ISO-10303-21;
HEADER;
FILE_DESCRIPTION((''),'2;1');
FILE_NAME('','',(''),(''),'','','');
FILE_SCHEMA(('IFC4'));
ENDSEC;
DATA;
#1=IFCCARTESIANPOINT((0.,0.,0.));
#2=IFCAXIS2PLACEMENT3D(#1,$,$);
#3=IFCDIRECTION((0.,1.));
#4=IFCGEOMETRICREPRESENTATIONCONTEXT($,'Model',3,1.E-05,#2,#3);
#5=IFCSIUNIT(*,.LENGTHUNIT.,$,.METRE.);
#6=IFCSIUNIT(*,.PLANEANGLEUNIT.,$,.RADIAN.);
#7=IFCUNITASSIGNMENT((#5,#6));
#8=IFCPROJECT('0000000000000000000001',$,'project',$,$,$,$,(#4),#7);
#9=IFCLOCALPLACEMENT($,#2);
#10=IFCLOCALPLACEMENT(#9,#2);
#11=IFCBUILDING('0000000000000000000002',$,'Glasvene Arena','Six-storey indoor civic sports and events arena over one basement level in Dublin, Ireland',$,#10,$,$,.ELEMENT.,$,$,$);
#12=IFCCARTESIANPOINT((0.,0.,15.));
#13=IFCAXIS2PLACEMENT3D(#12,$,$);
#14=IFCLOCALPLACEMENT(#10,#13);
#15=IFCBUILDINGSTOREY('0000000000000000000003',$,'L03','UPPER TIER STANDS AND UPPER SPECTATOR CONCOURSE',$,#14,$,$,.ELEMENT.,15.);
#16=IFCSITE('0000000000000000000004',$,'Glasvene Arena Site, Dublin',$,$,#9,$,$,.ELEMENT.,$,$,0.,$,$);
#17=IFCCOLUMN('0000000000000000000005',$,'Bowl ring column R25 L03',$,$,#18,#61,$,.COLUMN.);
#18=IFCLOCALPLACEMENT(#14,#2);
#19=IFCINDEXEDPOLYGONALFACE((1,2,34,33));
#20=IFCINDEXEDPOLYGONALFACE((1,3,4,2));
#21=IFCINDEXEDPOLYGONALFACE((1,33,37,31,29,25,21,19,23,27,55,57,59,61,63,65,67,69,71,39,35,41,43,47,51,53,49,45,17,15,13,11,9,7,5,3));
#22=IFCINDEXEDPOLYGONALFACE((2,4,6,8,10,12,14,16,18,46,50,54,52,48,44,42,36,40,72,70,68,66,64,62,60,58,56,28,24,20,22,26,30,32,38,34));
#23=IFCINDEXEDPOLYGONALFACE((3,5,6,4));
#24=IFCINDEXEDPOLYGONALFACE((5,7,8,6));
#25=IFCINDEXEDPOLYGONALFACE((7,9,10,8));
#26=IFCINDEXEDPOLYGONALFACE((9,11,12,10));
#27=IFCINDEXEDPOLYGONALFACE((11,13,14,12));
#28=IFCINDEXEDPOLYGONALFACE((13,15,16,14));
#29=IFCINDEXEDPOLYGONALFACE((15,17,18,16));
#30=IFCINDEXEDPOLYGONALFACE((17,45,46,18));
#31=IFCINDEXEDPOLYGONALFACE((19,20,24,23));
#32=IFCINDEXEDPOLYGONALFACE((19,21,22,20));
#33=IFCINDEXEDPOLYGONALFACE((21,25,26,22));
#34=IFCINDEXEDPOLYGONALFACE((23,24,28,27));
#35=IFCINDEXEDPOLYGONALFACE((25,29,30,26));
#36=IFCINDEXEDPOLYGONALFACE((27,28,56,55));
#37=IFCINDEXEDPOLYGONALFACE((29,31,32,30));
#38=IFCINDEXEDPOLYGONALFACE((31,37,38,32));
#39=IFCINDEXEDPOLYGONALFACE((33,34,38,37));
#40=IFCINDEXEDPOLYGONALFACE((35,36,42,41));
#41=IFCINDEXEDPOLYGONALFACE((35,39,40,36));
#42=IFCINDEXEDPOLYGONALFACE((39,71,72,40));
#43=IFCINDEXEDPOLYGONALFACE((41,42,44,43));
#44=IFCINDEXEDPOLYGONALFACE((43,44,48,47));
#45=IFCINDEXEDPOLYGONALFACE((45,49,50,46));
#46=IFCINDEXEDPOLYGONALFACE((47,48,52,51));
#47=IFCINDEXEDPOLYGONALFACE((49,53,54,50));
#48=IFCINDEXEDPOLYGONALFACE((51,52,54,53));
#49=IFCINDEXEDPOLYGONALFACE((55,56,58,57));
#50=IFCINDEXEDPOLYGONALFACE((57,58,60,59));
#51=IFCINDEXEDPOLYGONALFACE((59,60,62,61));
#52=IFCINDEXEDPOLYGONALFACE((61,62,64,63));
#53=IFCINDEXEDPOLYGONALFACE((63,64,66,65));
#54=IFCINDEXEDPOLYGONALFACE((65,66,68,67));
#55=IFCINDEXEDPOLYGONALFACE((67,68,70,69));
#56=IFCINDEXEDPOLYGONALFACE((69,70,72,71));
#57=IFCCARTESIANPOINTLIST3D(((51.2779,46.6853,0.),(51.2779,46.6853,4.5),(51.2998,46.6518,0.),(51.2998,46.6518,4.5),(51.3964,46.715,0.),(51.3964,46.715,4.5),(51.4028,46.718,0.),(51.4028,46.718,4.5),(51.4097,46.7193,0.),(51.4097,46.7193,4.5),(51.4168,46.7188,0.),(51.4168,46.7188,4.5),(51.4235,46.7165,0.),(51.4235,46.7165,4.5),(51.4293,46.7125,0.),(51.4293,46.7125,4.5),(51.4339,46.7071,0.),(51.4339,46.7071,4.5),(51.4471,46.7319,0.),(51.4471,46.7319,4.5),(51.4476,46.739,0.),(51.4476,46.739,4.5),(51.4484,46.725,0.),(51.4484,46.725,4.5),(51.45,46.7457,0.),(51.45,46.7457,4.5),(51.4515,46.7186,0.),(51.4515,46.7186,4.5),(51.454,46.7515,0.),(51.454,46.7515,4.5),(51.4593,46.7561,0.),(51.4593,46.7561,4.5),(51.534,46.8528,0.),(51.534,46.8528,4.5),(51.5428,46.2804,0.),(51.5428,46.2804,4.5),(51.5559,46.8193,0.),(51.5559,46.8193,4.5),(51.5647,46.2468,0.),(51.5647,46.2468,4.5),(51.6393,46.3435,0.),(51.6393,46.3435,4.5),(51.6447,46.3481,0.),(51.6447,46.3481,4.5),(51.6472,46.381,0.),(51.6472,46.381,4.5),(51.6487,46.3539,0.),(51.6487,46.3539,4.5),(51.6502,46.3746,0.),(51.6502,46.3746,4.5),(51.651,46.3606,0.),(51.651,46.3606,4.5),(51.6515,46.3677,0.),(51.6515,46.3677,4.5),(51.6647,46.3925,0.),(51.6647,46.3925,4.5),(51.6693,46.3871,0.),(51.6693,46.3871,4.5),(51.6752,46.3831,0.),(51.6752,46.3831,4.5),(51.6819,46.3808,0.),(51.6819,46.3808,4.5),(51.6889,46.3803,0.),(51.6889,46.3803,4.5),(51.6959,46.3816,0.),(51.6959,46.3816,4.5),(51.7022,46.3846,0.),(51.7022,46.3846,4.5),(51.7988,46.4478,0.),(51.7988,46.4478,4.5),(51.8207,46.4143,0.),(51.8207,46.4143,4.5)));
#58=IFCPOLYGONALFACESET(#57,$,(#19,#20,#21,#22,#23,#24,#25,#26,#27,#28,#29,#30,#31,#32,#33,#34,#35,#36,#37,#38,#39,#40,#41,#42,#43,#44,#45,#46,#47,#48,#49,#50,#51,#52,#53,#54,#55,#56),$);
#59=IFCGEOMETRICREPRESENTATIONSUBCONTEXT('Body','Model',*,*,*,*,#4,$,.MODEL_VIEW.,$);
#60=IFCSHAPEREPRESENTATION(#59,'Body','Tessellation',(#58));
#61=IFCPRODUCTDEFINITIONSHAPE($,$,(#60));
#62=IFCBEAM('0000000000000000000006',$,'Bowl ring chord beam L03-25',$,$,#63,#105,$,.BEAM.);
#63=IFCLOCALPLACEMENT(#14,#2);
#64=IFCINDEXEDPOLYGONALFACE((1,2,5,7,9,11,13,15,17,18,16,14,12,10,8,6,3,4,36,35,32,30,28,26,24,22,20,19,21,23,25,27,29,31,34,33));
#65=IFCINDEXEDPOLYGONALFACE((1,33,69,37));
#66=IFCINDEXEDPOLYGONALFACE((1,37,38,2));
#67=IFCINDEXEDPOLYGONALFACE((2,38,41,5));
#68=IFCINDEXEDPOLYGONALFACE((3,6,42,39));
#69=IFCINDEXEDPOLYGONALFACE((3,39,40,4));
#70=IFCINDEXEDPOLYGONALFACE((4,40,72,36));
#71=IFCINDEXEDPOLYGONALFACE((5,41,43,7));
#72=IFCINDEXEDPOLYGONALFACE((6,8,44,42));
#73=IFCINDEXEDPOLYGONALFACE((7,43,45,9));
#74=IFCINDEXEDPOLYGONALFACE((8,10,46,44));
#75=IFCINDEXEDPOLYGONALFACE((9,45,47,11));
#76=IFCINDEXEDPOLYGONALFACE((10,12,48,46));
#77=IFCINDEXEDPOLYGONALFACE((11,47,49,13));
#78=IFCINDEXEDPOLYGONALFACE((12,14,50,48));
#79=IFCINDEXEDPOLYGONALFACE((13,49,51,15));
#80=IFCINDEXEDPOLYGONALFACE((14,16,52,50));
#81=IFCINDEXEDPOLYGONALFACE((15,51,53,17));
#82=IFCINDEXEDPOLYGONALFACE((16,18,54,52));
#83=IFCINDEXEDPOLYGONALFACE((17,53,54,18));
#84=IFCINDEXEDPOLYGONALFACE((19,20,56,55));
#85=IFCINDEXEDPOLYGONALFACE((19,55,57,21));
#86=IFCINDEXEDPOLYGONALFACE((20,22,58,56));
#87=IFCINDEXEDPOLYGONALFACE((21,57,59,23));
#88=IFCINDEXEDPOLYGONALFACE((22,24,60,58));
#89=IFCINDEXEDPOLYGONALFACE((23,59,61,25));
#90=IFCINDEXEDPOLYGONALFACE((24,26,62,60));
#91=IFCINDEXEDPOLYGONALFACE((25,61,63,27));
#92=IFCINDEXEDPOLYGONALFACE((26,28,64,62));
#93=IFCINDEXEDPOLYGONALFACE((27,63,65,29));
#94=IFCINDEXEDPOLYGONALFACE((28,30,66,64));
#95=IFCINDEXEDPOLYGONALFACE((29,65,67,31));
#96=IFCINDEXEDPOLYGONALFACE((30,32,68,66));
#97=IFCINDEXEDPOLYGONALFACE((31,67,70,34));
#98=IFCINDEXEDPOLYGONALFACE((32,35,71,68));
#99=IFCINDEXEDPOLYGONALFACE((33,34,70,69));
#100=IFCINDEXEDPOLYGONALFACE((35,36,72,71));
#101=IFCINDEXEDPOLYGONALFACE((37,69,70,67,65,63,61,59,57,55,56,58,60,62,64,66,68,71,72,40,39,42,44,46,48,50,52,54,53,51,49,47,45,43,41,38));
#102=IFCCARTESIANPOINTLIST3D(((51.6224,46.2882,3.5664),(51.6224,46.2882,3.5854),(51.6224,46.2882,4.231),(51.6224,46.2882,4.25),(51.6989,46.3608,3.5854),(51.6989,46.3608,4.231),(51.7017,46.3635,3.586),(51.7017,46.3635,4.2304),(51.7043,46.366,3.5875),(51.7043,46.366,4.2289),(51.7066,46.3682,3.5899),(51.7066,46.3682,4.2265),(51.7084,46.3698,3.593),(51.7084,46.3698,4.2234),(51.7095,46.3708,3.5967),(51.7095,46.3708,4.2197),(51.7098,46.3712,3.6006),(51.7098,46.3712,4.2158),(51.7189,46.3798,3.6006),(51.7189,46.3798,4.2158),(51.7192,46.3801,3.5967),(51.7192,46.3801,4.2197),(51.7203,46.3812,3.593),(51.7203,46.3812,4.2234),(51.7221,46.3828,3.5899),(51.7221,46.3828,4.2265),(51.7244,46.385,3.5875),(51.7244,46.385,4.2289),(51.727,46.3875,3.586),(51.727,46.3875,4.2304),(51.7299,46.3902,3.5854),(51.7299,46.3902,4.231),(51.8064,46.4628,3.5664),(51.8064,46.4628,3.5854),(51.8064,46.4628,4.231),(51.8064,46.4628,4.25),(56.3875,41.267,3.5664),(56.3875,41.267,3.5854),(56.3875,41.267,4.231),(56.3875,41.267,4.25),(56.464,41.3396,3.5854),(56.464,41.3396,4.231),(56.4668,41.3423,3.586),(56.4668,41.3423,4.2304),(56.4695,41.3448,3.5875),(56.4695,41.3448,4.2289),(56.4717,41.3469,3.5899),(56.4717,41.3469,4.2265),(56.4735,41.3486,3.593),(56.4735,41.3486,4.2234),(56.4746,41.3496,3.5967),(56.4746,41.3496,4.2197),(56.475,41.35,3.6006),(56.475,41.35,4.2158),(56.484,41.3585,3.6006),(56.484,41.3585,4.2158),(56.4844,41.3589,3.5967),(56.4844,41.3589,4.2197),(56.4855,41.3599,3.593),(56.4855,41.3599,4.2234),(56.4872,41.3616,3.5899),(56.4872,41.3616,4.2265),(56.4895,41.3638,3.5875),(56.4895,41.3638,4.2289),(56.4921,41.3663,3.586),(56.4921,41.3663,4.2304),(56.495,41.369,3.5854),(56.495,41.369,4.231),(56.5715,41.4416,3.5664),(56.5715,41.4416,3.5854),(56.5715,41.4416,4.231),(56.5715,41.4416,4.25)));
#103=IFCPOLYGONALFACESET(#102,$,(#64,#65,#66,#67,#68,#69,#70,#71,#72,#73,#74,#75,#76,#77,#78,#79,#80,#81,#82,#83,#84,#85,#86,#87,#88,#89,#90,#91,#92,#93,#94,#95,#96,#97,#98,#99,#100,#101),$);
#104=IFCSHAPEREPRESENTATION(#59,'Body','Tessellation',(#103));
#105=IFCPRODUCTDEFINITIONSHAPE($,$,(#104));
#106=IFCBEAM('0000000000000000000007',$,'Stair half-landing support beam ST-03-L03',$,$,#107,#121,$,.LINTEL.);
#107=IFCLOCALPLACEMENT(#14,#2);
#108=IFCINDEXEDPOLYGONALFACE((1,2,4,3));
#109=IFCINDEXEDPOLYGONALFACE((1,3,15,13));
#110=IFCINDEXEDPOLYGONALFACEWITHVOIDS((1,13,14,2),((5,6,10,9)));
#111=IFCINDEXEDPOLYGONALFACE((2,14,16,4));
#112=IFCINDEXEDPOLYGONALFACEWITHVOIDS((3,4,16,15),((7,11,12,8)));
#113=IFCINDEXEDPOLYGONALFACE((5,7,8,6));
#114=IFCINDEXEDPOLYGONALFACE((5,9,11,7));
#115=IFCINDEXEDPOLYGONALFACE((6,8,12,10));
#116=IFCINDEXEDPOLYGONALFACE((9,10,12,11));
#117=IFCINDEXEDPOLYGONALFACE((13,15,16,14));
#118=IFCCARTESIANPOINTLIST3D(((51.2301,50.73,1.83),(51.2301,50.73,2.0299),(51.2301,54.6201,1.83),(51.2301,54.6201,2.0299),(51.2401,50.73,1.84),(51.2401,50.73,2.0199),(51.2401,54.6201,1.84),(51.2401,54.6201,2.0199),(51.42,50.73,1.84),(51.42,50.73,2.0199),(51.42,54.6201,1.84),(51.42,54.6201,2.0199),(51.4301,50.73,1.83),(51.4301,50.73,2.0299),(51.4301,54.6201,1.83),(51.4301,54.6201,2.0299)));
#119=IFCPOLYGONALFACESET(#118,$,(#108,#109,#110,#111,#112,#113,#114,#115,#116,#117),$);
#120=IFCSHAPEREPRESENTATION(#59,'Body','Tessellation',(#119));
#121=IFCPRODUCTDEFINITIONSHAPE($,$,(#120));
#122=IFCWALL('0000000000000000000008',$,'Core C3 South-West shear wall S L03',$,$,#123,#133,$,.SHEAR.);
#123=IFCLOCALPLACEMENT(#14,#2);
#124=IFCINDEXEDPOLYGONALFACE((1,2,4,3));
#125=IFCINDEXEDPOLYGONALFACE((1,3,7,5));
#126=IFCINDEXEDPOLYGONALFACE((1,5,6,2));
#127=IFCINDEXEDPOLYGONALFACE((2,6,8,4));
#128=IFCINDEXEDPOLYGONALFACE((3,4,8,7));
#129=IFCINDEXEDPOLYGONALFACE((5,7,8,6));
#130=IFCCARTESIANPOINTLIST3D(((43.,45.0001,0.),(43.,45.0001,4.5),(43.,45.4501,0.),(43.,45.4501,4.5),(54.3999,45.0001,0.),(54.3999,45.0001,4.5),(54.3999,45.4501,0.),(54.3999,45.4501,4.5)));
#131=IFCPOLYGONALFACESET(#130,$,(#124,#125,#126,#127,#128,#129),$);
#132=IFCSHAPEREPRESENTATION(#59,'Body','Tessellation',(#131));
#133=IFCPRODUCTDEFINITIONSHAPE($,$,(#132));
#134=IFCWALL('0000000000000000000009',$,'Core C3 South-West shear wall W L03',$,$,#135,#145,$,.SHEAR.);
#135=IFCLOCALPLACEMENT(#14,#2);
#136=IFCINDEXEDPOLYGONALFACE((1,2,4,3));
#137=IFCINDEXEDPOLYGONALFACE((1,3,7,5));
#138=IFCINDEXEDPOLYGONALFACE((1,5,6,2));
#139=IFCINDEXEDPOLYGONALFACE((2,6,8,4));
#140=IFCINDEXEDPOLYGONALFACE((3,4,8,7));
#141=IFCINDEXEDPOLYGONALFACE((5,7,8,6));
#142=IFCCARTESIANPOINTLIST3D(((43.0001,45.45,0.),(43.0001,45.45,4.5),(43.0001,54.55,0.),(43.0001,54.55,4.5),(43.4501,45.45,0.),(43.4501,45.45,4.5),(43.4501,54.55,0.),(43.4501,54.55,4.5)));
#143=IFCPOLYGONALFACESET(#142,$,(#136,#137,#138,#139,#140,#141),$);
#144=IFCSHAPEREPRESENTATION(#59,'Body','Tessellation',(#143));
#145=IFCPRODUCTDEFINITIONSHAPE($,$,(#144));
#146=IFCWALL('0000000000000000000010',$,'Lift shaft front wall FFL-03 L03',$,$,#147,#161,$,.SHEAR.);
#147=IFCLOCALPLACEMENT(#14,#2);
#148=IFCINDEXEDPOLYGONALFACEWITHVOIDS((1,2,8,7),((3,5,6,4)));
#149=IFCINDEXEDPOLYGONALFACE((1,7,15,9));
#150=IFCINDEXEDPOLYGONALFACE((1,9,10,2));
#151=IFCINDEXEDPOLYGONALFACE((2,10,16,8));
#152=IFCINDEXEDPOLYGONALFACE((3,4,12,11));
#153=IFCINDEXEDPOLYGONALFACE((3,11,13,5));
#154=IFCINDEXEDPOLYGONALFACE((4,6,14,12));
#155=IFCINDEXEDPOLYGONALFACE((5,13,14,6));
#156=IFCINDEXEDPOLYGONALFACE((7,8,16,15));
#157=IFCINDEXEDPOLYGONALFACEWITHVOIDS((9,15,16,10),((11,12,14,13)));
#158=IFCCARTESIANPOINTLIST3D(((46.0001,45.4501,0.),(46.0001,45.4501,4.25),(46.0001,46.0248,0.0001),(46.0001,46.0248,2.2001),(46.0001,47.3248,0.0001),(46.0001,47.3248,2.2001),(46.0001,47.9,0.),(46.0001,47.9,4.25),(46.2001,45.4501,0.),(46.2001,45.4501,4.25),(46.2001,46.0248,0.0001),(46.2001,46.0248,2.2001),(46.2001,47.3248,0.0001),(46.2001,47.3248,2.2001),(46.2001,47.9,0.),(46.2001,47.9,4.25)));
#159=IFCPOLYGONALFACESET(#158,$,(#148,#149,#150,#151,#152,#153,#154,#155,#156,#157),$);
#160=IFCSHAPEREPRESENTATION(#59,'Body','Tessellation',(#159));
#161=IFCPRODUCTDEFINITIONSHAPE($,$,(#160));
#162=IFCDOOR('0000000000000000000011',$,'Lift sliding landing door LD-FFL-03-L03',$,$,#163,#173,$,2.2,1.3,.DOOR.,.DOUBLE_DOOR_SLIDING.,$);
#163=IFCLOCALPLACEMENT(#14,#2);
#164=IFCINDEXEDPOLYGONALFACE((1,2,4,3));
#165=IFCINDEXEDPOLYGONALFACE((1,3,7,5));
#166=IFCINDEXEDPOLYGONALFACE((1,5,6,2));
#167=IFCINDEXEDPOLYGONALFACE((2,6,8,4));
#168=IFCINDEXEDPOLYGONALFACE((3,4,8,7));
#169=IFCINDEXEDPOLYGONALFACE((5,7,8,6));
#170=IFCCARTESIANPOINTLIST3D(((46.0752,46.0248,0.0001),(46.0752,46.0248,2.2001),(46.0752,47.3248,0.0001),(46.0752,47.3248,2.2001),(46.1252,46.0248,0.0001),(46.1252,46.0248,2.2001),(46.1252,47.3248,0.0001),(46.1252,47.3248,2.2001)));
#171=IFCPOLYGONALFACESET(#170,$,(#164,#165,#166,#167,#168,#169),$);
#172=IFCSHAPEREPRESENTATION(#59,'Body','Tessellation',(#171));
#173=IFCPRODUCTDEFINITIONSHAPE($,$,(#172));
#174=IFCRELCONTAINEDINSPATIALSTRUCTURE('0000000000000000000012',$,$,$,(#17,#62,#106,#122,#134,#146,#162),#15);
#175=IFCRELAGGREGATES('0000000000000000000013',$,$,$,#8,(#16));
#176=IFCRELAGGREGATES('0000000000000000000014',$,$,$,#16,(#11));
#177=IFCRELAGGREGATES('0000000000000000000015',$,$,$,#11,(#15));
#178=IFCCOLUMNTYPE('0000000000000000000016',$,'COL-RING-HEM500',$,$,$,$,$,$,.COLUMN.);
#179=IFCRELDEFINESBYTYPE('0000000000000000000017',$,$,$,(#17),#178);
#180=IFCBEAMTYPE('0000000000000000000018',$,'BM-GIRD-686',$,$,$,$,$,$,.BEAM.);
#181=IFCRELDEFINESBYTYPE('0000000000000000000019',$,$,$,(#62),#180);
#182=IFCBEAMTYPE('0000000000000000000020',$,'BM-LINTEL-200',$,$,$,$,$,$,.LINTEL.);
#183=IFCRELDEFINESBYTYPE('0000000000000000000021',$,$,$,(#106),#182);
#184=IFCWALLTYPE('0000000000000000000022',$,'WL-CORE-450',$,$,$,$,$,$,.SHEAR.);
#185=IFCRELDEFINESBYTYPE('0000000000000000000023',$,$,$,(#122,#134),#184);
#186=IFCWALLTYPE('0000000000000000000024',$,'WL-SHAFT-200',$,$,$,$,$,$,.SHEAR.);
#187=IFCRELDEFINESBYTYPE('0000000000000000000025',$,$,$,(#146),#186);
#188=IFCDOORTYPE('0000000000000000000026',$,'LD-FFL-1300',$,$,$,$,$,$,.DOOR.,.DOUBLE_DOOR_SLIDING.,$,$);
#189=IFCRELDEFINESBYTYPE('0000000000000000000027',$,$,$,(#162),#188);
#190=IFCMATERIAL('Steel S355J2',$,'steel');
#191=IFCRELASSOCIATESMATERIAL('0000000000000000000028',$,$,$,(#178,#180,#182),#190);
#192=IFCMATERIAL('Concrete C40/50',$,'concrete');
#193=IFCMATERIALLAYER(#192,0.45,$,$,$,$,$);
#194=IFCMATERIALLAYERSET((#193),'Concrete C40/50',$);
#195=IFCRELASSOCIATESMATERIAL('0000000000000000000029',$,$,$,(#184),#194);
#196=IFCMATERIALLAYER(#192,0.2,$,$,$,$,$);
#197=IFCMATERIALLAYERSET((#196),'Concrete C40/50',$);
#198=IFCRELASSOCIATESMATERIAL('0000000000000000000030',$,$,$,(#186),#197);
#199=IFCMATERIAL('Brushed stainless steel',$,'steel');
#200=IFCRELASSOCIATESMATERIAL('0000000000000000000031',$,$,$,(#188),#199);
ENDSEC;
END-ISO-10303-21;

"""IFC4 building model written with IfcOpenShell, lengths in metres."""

from ifc_helpers import new_model, si_unit, direction, frame, frame_2d, origin, origin_2d, place, context, subcontext, project, spatial, rectangle, hollow_rectangle, i_section, extrude, material, layer, layer_set, material_profile, profile_set, type_object, element, fill, save


model = new_model("IFC4")

# Units and contexts
model_context = context("Model", 3, precision=1e-05, world=origin(), true_north=direction((0.0, 1.0)))
body_context = subcontext(model_context, "Body", "Model", "MODEL_VIEW")
ifc_project = project(units=[si_unit("LENGTHUNIT", "METRE"), si_unit("PLANEANGLEUNIT", "RADIAN")], contexts=[model_context])

# Site, building, storey
site_placement = place(None, origin())
site = spatial("IfcSite", under=ifc_project, at=site_placement, Name="Glasvene Arena Site, Dublin", CompositionType="ELEMENT", RefElevation=0.0)
building_placement = place(site_placement, origin())
building = spatial("IfcBuilding", under=site, at=building_placement, Name="Glasvene Arena", Description="Six-storey indoor civic sports and events arena over one basement level in Dublin, Ireland", CompositionType="ELEMENT")
storey_placement = place(building_placement, frame((0.0, 0.0, 15.0)))
storey = spatial("IfcBuildingStorey", under=building, at=storey_placement, Name="L03", Description="UPPER TIER STANDS AND UPPER SPECTATOR CONCOURSE", CompositionType="ELEMENT", Elevation=15.0)

# Column
ifc_material_1 = material(Name="Steel S355J2", Category="steel")
ifc_material_profile_1 = material_profile(ifc_material_1, i_section(OverallWidth=0.3059, OverallDepth=0.5239, WebThickness=0.021, FlangeThickness=0.04, FilletRadius=0.0271, at=origin_2d()), Name="HEM 500")
ifc_profile_set_1 = profile_set([ifc_material_profile_1], Name="Steel S355J2")
column_type = type_object("IfcColumnType", Name="COL-RING-HEM500", PredefinedType="COLUMN", material=ifc_profile_set_1)
column_placement = place(storey_placement, frame((51.5493, 46.5498, 0.0), z_axis=(0.0, 0.0, 1.0), x_axis=(-0.836955, -0.547271, 0.0)))
element("IfcColumn", 1, at=column_placement, inside=storey, type_object=column_type, Name="Bowl ring column R25 L03", PredefinedType="COLUMN", context=body_context, shape_type="SweptSolid", body=[
    extrude(i_section(OverallWidth=0.3059, OverallDepth=0.5239, WebThickness=0.021, FlangeThickness=0.04, FilletRadius=0.0271, at=origin_2d()), origin(), (0.0, 0.0, 1.0), 4.5),
])

# Beams
ifc_material_profile_2 = material_profile(ifc_material_1, i_section(OverallWidth=0.2537, OverallDepth=0.6836, WebThickness=0.0125, FlangeThickness=0.019, FilletRadius=0.0151, at=origin_2d()), Name="UKB 686x254x140")
ifc_profile_set_2 = profile_set([ifc_material_profile_2], Name="Steel S355J2")
beam_type_1 = type_object("IfcBeamType", Name="BM-GIRD-686", PredefinedType="BEAM", material=ifc_profile_set_2)
beam_1_placement = place(storey_placement, frame((51.7144, 46.3755, 3.9082), z_axis=(0.688367, -0.725363, 0.0), x_axis=(0.725363, 0.688367, 0.0)))
element("IfcBeam", 2, at=beam_1_placement, inside=storey, type_object=beam_type_1, Name="Bowl ring chord beam L03-25", PredefinedType="BEAM", context=body_context, shape_type="SweptSolid", body=[
    extrude(i_section(OverallWidth=0.2537, OverallDepth=0.6836, WebThickness=0.0125, FlangeThickness=0.019, FilletRadius=0.0151, at=origin_2d()), origin(), (0.0, 0.0, 1.0), 6.9224),
])
ifc_material_profile_3 = material_profile(ifc_material_1, hollow_rectangle(XDim=0.2, YDim=0.2, WallThickness=0.01, at=origin_2d()), Name="SHS 200x200x10.0")
ifc_profile_set_3 = profile_set([ifc_material_profile_3], Name="Steel S355J2")
beam_type_2 = type_object("IfcBeamType", Name="BM-LINTEL-200", PredefinedType="LINTEL", material=ifc_profile_set_3)
beam_2_placement = place(storey_placement, frame((51.3301, 50.73, 1.9299), z_axis=(0.0, 1.0, 0.0), x_axis=(-1.0, 0.0, 0.0)))
element("IfcBeam", 3, at=beam_2_placement, inside=storey, type_object=beam_type_2, Name="Stair half-landing support beam ST-03-L03", PredefinedType="LINTEL", context=body_context, shape_type="SweptSolid", body=[
    extrude(hollow_rectangle(XDim=0.2, YDim=0.2, WallThickness=0.01, at=origin_2d()), origin(), (0.0, 0.0, 1.0), 3.8901),
])

# Shared definitions
ifc_material_2 = material(Name="Concrete C40/50", Category="concrete")

# Walls
ifc_layer_1 = layer(ifc_material_2, 0.45)
ifc_layer_set_1 = layer_set([ifc_layer_1], Name="Concrete C40/50")
wall_type_1 = type_object("IfcWallType", Name="WL-CORE-450", PredefinedType="SHEAR", material=ifc_layer_set_1)
wall_1_placement = place(storey_placement, frame((43.0, 45.2251, 0.0), z_axis=(0.0, 0.0, 1.0), x_axis=(1.0, 0.0, 0.0)))
element("IfcWall", 4, at=wall_1_placement, inside=storey, type_object=wall_type_1, Name="Core C3 South-West shear wall S L03", PredefinedType="SHEAR", context=body_context, shape_type="SweptSolid", body=[
    extrude(rectangle(XDim=11.3999, YDim=0.45, at=frame_2d((5.7, 0.0))), origin(), (0.0, 0.0, 1.0), 4.5),
])
wall_2_placement = place(storey_placement, frame((43.2251, 45.45, 0.0), z_axis=(0.0, 0.0, 1.0), x_axis=(0.0, 1.0, 0.0)))
element("IfcWall", 5, at=wall_2_placement, inside=storey, type_object=wall_type_1, Name="Core C3 South-West shear wall W L03", PredefinedType="SHEAR", context=body_context, shape_type="SweptSolid", body=[
    extrude(rectangle(XDim=9.1001, YDim=0.45, at=frame_2d((4.55, 0.0))), origin(), (0.0, 0.0, 1.0), 4.5),
])

# Wall, opening, door
ifc_layer_2 = layer(ifc_material_2, 0.2)
ifc_layer_set_2 = layer_set([ifc_layer_2], Name="Concrete C40/50")
wall_type_2 = type_object("IfcWallType", Name="WL-SHAFT-200", PredefinedType="SHEAR", material=ifc_layer_set_2)
wall_3_placement = place(storey_placement, frame((46.1001, 45.45, 0.0), z_axis=(0.0, 0.0, 1.0), x_axis=(0.0, 1.0, 0.0)))
wall_3 = element("IfcWall", 6, at=wall_3_placement, inside=storey, type_object=wall_type_2, Name="Lift shaft front wall FFL-03 L03", PredefinedType="SHEAR", context=body_context, shape_type="SweptSolid", body=[
    extrude(rectangle(XDim=2.45, YDim=0.2, at=frame_2d((1.2251, 0.0))), origin(), (0.0, 0.0, 1.0), 4.25),
])
opening_1_placement = place(wall_3_placement, frame((0.575, 0.0, 0.0)))
opening_1 = element("IfcOpeningElement", 7, at=opening_1_placement, cuts=wall_3, PredefinedType="OPENING", context=body_context, shape_type="SweptSolid", body=[
    extrude(rectangle(XDim=1.3, YDim=2.2, at=frame_2d((0.6499, 1.1001))), frame((0.0, 0.1099, 0.0), z_axis=(0.0, -1.0, 0.0), x_axis=(1.0, 0.0, 0.0)), (0.0, 0.0, 1.0), 0.22),
])
ifc_material_3 = material(Name="Brushed stainless steel", Category="steel")
door_type_1 = type_object("IfcDoorType", Name="LD-FFL-1300", OperationType="DOUBLE_DOOR_SLIDING", PredefinedType="DOOR", material=ifc_material_3)
door_1_placement = place(opening_1_placement, origin())
door_1 = element("IfcDoor", 8, at=door_1_placement, inside=storey, type_object=door_type_1, Name="Lift sliding landing door LD-FFL-03-L03", OperationType="DOUBLE_DOOR_SLIDING", OverallHeight=2.2, OverallWidth=1.3, PredefinedType="DOOR", context=body_context, shape_type="SweptSolid", body=[
    extrude(rectangle(XDim=1.3, YDim=2.2, at=frame_2d((0.6499, 1.1001))), frame((0.0, 0.0249, 0.0), z_axis=(0.0, -1.0, 0.0), x_axis=(1.0, 0.0, 0.0)), (0.0, 0.0, 1.0), 0.05),
])
fill(opening_1, door_1)

save(model, "model.ifc")
